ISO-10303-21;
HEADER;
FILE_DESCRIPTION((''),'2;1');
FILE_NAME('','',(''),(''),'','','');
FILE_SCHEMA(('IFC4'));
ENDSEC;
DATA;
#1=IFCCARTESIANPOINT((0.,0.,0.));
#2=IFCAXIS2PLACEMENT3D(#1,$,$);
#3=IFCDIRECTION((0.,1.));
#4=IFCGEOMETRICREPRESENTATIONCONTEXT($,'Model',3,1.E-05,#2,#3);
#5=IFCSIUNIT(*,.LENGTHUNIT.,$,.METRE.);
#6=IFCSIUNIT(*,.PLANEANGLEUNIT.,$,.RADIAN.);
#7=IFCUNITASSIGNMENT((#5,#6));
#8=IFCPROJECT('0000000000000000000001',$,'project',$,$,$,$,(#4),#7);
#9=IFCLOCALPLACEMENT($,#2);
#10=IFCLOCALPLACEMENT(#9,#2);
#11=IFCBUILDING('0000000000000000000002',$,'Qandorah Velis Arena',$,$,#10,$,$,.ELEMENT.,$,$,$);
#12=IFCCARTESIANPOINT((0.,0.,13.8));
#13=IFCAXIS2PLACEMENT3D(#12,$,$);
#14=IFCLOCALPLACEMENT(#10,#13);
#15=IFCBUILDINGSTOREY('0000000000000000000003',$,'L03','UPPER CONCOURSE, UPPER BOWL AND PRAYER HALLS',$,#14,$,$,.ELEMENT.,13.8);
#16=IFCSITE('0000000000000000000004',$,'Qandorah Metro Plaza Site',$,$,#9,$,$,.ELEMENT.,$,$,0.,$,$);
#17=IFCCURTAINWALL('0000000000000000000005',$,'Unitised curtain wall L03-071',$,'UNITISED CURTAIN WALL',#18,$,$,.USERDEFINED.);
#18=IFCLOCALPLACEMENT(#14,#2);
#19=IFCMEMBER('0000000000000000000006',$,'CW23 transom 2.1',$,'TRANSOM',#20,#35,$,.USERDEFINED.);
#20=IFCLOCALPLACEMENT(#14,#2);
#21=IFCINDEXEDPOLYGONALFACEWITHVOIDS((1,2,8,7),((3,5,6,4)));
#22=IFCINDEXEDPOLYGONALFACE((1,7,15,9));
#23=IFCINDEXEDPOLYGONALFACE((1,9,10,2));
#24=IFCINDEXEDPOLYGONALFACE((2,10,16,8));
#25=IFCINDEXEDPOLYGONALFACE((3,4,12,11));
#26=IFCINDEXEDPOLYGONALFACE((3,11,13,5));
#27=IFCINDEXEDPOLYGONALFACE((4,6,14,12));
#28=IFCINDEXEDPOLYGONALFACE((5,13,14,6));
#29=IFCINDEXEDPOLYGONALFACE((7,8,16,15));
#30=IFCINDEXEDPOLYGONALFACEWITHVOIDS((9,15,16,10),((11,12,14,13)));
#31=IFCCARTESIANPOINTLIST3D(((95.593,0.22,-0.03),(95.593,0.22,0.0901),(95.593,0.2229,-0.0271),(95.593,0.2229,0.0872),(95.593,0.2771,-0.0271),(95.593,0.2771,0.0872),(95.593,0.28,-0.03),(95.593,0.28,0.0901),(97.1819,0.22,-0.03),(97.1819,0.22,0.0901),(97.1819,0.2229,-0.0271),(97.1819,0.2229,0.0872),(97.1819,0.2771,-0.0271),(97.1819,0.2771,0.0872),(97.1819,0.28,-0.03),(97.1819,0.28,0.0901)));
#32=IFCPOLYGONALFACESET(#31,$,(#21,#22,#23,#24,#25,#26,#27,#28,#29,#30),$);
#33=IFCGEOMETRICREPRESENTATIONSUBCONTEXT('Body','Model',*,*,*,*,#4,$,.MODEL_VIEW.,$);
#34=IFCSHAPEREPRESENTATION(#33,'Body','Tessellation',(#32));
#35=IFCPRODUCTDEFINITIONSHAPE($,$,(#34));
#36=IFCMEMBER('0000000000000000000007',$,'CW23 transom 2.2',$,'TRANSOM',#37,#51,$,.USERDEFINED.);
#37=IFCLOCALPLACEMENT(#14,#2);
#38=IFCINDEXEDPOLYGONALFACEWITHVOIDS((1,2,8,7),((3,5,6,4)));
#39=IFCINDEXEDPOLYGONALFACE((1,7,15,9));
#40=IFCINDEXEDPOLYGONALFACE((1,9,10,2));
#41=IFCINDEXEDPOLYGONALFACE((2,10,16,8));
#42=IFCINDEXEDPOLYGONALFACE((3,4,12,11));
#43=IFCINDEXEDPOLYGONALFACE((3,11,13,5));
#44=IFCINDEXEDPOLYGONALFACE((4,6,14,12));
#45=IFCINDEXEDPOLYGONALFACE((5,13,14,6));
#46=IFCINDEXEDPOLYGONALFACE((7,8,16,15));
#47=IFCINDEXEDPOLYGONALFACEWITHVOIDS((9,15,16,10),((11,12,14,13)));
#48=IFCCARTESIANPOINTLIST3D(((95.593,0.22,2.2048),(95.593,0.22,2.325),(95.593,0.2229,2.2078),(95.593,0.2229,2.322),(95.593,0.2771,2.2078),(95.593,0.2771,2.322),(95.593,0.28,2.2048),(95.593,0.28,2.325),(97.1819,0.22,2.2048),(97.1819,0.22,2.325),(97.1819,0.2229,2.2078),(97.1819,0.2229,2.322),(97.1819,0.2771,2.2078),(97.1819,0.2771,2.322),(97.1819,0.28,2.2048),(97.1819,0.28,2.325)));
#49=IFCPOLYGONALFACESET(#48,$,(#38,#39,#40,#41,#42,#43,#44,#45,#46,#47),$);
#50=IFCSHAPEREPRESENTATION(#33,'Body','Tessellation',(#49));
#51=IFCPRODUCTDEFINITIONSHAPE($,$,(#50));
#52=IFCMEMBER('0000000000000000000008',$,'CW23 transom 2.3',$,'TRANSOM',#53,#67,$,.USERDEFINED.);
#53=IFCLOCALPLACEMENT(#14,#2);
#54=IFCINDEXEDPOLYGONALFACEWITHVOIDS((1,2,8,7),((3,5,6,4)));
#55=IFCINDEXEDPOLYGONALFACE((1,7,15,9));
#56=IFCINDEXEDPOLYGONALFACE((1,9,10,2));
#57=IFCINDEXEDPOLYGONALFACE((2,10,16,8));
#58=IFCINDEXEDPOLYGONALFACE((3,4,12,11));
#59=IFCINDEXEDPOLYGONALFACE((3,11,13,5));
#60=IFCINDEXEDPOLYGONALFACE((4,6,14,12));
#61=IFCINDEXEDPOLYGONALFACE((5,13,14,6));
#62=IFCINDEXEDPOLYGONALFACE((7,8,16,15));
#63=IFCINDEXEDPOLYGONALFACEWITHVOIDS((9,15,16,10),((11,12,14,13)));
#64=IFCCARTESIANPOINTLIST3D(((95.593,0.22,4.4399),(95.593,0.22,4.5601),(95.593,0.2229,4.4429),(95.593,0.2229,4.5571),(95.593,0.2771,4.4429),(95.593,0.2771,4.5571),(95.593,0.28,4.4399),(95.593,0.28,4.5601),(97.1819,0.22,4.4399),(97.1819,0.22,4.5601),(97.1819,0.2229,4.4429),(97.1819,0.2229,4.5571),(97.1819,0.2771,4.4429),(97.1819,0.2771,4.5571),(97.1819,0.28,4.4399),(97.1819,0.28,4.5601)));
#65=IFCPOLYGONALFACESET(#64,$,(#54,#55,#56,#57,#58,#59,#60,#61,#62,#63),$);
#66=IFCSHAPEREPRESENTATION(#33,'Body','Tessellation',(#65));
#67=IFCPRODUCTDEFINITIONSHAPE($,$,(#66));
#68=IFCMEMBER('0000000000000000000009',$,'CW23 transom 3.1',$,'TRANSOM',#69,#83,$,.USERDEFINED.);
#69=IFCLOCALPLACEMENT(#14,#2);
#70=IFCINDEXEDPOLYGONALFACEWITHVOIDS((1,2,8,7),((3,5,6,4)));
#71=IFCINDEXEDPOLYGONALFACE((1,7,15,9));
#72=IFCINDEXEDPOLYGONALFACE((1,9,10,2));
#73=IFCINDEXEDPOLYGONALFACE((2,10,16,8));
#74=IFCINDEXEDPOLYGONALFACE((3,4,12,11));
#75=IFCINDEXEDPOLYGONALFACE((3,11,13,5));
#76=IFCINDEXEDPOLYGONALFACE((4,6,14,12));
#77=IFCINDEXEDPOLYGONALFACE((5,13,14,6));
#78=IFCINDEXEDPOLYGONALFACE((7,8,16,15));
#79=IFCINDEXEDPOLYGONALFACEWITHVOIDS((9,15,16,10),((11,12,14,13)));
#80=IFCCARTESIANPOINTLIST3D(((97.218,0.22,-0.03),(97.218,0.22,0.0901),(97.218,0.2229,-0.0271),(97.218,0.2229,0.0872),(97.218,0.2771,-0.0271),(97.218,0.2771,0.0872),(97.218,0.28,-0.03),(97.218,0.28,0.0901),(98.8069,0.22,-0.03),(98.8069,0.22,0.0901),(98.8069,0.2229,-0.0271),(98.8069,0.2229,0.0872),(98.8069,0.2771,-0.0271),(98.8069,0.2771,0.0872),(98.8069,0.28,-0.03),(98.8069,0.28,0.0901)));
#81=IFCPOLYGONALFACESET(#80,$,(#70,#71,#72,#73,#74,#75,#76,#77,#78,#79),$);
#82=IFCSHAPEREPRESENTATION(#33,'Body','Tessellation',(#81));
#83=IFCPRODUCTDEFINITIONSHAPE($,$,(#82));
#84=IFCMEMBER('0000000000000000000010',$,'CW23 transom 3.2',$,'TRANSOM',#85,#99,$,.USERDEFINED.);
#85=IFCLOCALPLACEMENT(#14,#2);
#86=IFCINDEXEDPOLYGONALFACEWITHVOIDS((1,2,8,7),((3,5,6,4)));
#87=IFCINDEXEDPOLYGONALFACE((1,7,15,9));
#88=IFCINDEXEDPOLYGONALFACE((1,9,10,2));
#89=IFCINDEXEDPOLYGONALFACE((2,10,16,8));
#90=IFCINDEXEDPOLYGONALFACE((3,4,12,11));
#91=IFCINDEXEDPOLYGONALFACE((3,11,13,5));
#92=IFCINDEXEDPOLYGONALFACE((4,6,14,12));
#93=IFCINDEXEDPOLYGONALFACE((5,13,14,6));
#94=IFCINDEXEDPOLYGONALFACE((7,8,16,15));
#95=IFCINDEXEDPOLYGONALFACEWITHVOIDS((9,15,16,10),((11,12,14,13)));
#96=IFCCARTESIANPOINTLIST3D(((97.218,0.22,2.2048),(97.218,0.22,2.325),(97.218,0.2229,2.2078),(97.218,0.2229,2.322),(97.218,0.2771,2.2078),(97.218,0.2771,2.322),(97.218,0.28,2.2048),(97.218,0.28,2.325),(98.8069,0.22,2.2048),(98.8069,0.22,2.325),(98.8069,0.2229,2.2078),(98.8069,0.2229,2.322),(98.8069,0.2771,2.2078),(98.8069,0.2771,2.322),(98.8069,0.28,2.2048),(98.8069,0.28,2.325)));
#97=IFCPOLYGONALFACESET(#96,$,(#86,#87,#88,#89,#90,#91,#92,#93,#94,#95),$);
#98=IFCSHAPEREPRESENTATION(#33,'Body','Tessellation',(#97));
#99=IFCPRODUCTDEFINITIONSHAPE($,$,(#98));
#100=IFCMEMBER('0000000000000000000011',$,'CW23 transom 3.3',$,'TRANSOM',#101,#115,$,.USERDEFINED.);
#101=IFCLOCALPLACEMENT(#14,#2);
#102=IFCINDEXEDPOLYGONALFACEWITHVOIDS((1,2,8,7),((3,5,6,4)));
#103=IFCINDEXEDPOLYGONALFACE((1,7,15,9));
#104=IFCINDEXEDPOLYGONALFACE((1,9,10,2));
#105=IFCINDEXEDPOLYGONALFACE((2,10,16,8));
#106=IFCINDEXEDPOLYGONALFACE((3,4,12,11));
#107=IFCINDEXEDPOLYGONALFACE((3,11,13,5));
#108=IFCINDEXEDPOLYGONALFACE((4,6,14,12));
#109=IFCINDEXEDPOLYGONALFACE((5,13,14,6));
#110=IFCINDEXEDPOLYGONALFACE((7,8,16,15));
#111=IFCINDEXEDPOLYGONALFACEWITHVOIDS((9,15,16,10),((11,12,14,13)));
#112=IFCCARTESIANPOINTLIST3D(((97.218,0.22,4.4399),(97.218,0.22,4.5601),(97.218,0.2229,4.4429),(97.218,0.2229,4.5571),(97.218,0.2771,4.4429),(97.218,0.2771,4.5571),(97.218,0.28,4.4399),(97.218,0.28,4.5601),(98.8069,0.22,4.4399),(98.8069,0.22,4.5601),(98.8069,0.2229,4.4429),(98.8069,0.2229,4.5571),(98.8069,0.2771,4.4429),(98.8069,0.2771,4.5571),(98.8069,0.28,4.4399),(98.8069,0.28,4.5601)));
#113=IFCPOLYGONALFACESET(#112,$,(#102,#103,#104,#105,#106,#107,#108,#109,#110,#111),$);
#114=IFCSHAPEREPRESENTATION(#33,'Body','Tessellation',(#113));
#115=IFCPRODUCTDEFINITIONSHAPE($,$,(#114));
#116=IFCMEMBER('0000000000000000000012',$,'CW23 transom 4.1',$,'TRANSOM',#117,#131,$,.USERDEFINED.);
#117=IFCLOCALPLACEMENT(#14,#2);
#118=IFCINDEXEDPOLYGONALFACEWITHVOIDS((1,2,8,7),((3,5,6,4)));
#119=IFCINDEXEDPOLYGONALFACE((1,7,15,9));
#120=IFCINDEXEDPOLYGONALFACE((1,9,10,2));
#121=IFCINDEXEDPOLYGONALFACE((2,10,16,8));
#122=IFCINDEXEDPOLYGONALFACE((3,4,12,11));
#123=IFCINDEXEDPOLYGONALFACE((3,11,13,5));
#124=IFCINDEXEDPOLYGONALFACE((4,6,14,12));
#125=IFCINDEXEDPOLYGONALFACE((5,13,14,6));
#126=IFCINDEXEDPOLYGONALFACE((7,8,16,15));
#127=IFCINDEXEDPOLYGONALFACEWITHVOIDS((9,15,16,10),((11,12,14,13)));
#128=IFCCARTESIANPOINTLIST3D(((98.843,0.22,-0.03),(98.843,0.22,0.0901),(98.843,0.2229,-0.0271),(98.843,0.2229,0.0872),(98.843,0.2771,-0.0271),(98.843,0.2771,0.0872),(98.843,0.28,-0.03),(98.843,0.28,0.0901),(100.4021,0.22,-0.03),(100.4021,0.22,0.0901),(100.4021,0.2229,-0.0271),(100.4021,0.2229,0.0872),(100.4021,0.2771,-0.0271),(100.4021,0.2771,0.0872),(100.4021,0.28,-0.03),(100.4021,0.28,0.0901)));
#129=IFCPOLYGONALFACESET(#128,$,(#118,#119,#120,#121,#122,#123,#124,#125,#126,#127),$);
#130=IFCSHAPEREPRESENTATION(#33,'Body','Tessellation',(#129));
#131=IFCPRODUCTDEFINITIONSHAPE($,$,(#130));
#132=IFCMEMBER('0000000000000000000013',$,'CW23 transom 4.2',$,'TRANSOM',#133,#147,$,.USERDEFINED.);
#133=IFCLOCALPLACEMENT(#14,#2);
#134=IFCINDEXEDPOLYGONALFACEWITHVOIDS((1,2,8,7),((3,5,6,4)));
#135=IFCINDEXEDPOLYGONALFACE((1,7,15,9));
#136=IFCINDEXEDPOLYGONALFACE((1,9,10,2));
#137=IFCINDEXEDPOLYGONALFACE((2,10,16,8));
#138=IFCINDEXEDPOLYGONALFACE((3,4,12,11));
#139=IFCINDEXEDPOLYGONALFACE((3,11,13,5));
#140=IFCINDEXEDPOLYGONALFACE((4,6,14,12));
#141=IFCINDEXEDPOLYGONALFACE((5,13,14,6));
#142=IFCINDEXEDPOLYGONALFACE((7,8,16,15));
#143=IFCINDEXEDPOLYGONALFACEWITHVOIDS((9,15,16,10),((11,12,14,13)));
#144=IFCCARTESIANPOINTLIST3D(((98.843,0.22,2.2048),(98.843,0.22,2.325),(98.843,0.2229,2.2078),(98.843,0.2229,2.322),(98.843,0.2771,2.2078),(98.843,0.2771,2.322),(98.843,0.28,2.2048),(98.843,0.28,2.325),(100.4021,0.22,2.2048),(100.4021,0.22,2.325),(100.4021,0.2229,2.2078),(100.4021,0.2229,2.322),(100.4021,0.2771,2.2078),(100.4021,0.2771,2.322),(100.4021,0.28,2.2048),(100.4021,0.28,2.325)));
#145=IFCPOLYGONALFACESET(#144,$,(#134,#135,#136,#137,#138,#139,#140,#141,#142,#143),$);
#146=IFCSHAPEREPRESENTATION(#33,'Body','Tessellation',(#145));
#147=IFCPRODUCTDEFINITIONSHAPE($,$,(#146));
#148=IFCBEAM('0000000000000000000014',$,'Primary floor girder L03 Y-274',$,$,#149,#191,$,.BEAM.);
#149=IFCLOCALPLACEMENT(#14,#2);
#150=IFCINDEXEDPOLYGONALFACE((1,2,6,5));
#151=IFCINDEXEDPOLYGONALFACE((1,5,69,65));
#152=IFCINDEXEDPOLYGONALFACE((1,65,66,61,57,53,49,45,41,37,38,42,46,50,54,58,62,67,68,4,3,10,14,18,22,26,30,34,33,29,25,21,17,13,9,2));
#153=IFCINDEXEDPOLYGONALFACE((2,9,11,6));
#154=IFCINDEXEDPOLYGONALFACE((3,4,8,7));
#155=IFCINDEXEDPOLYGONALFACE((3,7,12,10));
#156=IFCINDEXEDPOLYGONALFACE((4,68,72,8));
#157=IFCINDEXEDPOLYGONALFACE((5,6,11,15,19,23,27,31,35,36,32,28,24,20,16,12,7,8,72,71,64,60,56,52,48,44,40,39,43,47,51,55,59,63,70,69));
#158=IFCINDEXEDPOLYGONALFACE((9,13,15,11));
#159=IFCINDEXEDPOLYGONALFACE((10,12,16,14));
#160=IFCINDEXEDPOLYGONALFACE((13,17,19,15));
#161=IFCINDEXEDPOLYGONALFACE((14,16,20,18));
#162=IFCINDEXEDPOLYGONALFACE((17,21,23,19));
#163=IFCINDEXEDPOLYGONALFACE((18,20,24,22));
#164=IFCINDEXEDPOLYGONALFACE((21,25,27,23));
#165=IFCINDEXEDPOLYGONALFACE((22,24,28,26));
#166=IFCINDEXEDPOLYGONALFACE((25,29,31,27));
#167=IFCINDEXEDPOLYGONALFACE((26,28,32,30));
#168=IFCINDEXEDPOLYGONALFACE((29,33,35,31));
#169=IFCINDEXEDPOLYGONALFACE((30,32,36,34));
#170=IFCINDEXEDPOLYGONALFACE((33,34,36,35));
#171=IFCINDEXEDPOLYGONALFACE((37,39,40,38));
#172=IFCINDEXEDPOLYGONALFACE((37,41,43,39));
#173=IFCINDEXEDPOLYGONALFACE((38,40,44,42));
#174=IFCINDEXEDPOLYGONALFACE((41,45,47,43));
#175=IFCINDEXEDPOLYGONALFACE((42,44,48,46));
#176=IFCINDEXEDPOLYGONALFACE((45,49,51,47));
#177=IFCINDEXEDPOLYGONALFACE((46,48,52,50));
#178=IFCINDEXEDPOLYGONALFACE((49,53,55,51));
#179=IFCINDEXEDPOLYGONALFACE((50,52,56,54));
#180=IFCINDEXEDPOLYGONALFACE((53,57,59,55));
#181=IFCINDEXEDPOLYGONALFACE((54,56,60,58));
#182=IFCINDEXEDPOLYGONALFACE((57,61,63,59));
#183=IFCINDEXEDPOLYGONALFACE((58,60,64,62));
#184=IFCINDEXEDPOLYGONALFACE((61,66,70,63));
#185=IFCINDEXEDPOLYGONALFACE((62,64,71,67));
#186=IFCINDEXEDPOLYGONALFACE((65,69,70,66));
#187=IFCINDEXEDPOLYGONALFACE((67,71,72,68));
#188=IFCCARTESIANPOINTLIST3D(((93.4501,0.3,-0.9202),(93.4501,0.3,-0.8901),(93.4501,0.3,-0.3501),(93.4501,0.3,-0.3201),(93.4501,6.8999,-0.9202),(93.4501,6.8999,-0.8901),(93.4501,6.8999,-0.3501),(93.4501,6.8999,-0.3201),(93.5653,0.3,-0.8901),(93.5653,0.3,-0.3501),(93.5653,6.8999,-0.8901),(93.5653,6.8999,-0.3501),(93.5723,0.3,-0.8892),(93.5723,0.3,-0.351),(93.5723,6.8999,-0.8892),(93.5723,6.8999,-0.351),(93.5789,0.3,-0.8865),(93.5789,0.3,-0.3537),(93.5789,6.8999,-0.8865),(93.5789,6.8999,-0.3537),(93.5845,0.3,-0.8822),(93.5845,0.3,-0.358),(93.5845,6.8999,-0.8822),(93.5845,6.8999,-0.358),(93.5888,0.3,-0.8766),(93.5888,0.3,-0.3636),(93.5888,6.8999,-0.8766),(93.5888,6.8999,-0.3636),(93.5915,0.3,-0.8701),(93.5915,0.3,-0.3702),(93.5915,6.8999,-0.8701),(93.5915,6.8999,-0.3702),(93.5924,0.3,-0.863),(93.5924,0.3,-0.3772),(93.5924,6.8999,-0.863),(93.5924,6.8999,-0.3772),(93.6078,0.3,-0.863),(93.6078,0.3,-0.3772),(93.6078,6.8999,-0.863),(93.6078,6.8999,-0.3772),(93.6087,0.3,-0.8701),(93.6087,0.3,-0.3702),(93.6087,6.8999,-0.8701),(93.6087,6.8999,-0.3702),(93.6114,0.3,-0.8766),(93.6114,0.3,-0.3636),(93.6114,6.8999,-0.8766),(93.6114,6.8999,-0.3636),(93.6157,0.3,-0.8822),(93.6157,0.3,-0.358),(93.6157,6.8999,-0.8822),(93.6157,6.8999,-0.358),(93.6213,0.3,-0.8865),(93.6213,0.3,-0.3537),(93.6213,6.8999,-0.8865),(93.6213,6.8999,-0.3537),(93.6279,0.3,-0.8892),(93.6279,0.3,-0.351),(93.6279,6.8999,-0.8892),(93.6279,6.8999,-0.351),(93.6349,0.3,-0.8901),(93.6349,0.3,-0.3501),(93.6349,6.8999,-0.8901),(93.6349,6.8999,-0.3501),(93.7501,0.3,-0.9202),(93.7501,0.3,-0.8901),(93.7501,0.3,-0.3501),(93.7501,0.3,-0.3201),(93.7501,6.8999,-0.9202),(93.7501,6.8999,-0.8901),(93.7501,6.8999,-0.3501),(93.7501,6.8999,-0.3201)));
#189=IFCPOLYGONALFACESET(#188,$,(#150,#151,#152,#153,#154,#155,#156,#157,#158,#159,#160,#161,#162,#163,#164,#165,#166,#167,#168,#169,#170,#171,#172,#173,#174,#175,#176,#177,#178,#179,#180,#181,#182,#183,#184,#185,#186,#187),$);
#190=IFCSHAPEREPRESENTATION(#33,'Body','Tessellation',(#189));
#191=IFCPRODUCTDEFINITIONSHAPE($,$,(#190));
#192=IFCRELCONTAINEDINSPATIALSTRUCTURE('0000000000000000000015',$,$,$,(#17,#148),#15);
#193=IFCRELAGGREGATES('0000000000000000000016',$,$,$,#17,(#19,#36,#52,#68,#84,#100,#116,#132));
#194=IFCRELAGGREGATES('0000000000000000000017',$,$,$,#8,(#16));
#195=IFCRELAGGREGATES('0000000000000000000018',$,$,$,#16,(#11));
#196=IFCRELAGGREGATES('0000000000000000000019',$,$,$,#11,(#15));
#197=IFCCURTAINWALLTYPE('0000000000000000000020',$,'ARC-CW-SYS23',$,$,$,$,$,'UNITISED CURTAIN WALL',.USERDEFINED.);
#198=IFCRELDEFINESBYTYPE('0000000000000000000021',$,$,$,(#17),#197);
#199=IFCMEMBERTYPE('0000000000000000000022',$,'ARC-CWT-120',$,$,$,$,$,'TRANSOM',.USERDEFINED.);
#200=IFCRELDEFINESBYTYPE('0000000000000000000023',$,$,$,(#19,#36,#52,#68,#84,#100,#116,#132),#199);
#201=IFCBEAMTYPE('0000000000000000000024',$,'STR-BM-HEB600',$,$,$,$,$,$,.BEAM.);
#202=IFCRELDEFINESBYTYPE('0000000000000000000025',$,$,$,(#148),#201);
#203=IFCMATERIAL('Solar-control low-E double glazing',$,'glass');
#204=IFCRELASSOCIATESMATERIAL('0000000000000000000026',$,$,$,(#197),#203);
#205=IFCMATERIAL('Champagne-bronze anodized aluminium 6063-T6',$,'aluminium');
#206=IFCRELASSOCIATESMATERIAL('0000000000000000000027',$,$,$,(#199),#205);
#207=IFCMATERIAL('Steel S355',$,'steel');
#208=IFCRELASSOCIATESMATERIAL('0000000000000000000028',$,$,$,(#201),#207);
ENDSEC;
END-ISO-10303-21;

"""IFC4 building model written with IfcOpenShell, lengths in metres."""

from ifc_helpers import new_model, si_unit, direction, frame, origin, origin_2d, place, context, subcontext, project, spatial, hollow_rectangle, i_section, extrude, material, material_profile, profile_set, type_object, element, aggregate, save


model = new_model("IFC4")

# Units and contexts
model_context = context("Model", 3, precision=1e-05, world=origin(), true_north=direction((0.0, 1.0)))
body_context = subcontext(model_context, "Body", "Model", "MODEL_VIEW")
ifc_project = project(units=[si_unit("LENGTHUNIT", "METRE"), si_unit("PLANEANGLEUNIT", "RADIAN")], contexts=[model_context])

# Site, building, storey
site_placement = place(None, origin())
site = spatial("IfcSite", under=ifc_project, at=site_placement, Name="Qandorah Metro Plaza Site", CompositionType="ELEMENT", RefElevation=0.0)
building_placement = place(site_placement, origin())
building = spatial("IfcBuilding", under=site, at=building_placement, Name="Qandorah Velis Arena", CompositionType="ELEMENT")
storey_placement = place(building_placement, frame((0.0, 0.0, 13.8)))
storey = spatial("IfcBuildingStorey", under=building, at=storey_placement, Name="L03", Description="UPPER CONCOURSE, UPPER BOWL AND PRAYER HALLS", CompositionType="ELEMENT", Elevation=13.8)

# Curtain wall
ifc_material_1 = material(Name="Solar-control low-E double glazing", Category="glass")
curtain_wall_type_1 = type_object("IfcCurtainWallType", Name="ARC-CW-SYS23", ElementType="UNITISED CURTAIN WALL", PredefinedType="USERDEFINED", material=ifc_material_1)
curtain_wall_1_placement = place(storey_placement, origin())
curtain_wall_1 = element("IfcCurtainWall", 1, at=curtain_wall_1_placement, inside=storey, type_object=curtain_wall_type_1, Name="Unitised curtain wall L03-071", ObjectType="UNITISED CURTAIN WALL", PredefinedType="USERDEFINED")
ifc_material_2 = material(Name="Champagne-bronze anodized aluminium 6063-T6", Category="aluminium")

# Members
ifc_material_profile_1 = material_profile(ifc_material_2, hollow_rectangle(XDim=0.0601, YDim=0.1201, WallThickness=0.0029, at=origin_2d()), Name="ALU TRANSOM 60x120")
ifc_profile_set_1 = profile_set([ifc_material_profile_1], Name="Champagne-bronze anodized aluminium 6063-T6")
member_type_1 = type_object("IfcMemberType", Name="ARC-CWT-120", ElementType="TRANSOM", PredefinedType="USERDEFINED", material=ifc_profile_set_1)
member_1_placement = place(storey_placement, frame((95.593, 0.25, 0.03), z_axis=(1.0, 0.0, 0.0), x_axis=(0.0, 1.0, 0.0)))
member_1 = element("IfcMember", 2, at=member_1_placement, type_object=member_type_1, Name="CW23 transom 2.1", ObjectType="TRANSOM", PredefinedType="USERDEFINED", context=body_context, shape_type="SweptSolid", body=[
    extrude(hollow_rectangle(XDim=0.0601, YDim=0.1201, WallThickness=0.0029, at=origin_2d()), origin(), (0.0, 0.0, 1.0), 1.5889),
])
member_2_placement = place(storey_placement, frame((95.593, 0.25, 2.2649), z_axis=(1.0, 0.0, 0.0), x_axis=(0.0, 1.0, 0.0)))
member_2 = element("IfcMember", 3, at=member_2_placement, type_object=member_type_1, Name="CW23 transom 2.2", ObjectType="TRANSOM", PredefinedType="USERDEFINED", context=body_context, shape_type="SweptSolid", body=[
    extrude(hollow_rectangle(XDim=0.0601, YDim=0.1201, WallThickness=0.0029, at=origin_2d()), origin(), (0.0, 0.0, 1.0), 1.5889),
])
member_3_placement = place(storey_placement, frame((95.593, 0.25, 4.5), z_axis=(1.0, 0.0, 0.0), x_axis=(0.0, 1.0, 0.0)))
member_3 = element("IfcMember", 4, at=member_3_placement, type_object=member_type_1, Name="CW23 transom 2.3", ObjectType="TRANSOM", PredefinedType="USERDEFINED", context=body_context, shape_type="SweptSolid", body=[
    extrude(hollow_rectangle(XDim=0.0601, YDim=0.1201, WallThickness=0.0029, at=origin_2d()), origin(), (0.0, 0.0, 1.0), 1.5889),
])
member_4_placement = place(storey_placement, frame((97.218, 0.25, 0.03), z_axis=(1.0, 0.0, 0.0), x_axis=(0.0, 1.0, 0.0)))
member_4 = element("IfcMember", 5, at=member_4_placement, type_object=member_type_1, Name="CW23 transom 3.1", ObjectType="TRANSOM", PredefinedType="USERDEFINED", context=body_context, shape_type="SweptSolid", body=[
    extrude(hollow_rectangle(XDim=0.0601, YDim=0.1201, WallThickness=0.0029, at=origin_2d()), origin(), (0.0, 0.0, 1.0), 1.5889),
])
member_5_placement = place(storey_placement, frame((97.218, 0.25, 2.2649), z_axis=(1.0, 0.0, 0.0), x_axis=(0.0, 1.0, 0.0)))
member_5 = element("IfcMember", 6, at=member_5_placement, type_object=member_type_1, Name="CW23 transom 3.2", ObjectType="TRANSOM", PredefinedType="USERDEFINED", context=body_context, shape_type="SweptSolid", body=[
    extrude(hollow_rectangle(XDim=0.0601, YDim=0.1201, WallThickness=0.0029, at=origin_2d()), origin(), (0.0, 0.0, 1.0), 1.5889),
])
member_6_placement = place(storey_placement, frame((97.218, 0.25, 4.5), z_axis=(1.0, 0.0, 0.0), x_axis=(0.0, 1.0, 0.0)))
member_6 = element("IfcMember", 7, at=member_6_placement, type_object=member_type_1, Name="CW23 transom 3.3", ObjectType="TRANSOM", PredefinedType="USERDEFINED", context=body_context, shape_type="SweptSolid", body=[
    extrude(hollow_rectangle(XDim=0.0601, YDim=0.1201, WallThickness=0.0029, at=origin_2d()), origin(), (0.0, 0.0, 1.0), 1.5889),
])
member_7_placement = place(storey_placement, frame((98.843, 0.25, 0.03), z_axis=(1.0, 0.0, 0.0), x_axis=(0.0, 1.0, 0.0)))
member_7 = element("IfcMember", 8, at=member_7_placement, type_object=member_type_1, Name="CW23 transom 4.1", ObjectType="TRANSOM", PredefinedType="USERDEFINED", context=body_context, shape_type="SweptSolid", body=[
    extrude(hollow_rectangle(XDim=0.0601, YDim=0.1201, WallThickness=0.0029, at=origin_2d()), origin(), (0.0, 0.0, 1.0), 1.5591),
])
member_8_placement = place(storey_placement, frame((98.843, 0.25, 2.2649), z_axis=(1.0, 0.0, 0.0), x_axis=(0.0, 1.0, 0.0)))
member_8 = element("IfcMember", 9, at=member_8_placement, type_object=member_type_1, Name="CW23 transom 4.2", ObjectType="TRANSOM", PredefinedType="USERDEFINED", context=body_context, shape_type="SweptSolid", body=[
    extrude(hollow_rectangle(XDim=0.0601, YDim=0.1201, WallThickness=0.0029, at=origin_2d()), origin(), (0.0, 0.0, 1.0), 1.5591),
])

# Beam
ifc_material_3 = material(Name="Steel S355", Category="steel")
ifc_material_profile_2 = material_profile(ifc_material_3, i_section(OverallWidth=0.3, OverallDepth=0.6001, WebThickness=0.0154, FlangeThickness=0.03, FilletRadius=0.0271, at=origin_2d()), Name="HEB 600")
ifc_profile_set_2 = profile_set([ifc_material_profile_2], Name="Steel S355")
beam_type_1 = type_object("IfcBeamType", Name="STR-BM-HEB600", PredefinedType="BEAM", material=ifc_profile_set_2)
beam_1_placement = place(storey_placement, frame((93.6001, 0.3, -0.6201), z_axis=(0.0, 1.0, 0.0), x_axis=(-1.0, 0.0, 0.0)))
element("IfcBeam", 10, at=beam_1_placement, inside=storey, type_object=beam_type_1, Name="Primary floor girder L03 Y-274", PredefinedType="BEAM", context=body_context, shape_type="SweptSolid", body=[
    extrude(i_section(OverallWidth=0.3, OverallDepth=0.6001, WebThickness=0.0154, FlangeThickness=0.03, FilletRadius=0.0271, at=origin_2d()), origin(), (0.0, 0.0, 1.0), 6.5999),
])

aggregate(curtain_wall_1, [member_1, member_2, member_3, member_4, member_5, member_6, member_7, member_8])

save(model, "model.ifc")
